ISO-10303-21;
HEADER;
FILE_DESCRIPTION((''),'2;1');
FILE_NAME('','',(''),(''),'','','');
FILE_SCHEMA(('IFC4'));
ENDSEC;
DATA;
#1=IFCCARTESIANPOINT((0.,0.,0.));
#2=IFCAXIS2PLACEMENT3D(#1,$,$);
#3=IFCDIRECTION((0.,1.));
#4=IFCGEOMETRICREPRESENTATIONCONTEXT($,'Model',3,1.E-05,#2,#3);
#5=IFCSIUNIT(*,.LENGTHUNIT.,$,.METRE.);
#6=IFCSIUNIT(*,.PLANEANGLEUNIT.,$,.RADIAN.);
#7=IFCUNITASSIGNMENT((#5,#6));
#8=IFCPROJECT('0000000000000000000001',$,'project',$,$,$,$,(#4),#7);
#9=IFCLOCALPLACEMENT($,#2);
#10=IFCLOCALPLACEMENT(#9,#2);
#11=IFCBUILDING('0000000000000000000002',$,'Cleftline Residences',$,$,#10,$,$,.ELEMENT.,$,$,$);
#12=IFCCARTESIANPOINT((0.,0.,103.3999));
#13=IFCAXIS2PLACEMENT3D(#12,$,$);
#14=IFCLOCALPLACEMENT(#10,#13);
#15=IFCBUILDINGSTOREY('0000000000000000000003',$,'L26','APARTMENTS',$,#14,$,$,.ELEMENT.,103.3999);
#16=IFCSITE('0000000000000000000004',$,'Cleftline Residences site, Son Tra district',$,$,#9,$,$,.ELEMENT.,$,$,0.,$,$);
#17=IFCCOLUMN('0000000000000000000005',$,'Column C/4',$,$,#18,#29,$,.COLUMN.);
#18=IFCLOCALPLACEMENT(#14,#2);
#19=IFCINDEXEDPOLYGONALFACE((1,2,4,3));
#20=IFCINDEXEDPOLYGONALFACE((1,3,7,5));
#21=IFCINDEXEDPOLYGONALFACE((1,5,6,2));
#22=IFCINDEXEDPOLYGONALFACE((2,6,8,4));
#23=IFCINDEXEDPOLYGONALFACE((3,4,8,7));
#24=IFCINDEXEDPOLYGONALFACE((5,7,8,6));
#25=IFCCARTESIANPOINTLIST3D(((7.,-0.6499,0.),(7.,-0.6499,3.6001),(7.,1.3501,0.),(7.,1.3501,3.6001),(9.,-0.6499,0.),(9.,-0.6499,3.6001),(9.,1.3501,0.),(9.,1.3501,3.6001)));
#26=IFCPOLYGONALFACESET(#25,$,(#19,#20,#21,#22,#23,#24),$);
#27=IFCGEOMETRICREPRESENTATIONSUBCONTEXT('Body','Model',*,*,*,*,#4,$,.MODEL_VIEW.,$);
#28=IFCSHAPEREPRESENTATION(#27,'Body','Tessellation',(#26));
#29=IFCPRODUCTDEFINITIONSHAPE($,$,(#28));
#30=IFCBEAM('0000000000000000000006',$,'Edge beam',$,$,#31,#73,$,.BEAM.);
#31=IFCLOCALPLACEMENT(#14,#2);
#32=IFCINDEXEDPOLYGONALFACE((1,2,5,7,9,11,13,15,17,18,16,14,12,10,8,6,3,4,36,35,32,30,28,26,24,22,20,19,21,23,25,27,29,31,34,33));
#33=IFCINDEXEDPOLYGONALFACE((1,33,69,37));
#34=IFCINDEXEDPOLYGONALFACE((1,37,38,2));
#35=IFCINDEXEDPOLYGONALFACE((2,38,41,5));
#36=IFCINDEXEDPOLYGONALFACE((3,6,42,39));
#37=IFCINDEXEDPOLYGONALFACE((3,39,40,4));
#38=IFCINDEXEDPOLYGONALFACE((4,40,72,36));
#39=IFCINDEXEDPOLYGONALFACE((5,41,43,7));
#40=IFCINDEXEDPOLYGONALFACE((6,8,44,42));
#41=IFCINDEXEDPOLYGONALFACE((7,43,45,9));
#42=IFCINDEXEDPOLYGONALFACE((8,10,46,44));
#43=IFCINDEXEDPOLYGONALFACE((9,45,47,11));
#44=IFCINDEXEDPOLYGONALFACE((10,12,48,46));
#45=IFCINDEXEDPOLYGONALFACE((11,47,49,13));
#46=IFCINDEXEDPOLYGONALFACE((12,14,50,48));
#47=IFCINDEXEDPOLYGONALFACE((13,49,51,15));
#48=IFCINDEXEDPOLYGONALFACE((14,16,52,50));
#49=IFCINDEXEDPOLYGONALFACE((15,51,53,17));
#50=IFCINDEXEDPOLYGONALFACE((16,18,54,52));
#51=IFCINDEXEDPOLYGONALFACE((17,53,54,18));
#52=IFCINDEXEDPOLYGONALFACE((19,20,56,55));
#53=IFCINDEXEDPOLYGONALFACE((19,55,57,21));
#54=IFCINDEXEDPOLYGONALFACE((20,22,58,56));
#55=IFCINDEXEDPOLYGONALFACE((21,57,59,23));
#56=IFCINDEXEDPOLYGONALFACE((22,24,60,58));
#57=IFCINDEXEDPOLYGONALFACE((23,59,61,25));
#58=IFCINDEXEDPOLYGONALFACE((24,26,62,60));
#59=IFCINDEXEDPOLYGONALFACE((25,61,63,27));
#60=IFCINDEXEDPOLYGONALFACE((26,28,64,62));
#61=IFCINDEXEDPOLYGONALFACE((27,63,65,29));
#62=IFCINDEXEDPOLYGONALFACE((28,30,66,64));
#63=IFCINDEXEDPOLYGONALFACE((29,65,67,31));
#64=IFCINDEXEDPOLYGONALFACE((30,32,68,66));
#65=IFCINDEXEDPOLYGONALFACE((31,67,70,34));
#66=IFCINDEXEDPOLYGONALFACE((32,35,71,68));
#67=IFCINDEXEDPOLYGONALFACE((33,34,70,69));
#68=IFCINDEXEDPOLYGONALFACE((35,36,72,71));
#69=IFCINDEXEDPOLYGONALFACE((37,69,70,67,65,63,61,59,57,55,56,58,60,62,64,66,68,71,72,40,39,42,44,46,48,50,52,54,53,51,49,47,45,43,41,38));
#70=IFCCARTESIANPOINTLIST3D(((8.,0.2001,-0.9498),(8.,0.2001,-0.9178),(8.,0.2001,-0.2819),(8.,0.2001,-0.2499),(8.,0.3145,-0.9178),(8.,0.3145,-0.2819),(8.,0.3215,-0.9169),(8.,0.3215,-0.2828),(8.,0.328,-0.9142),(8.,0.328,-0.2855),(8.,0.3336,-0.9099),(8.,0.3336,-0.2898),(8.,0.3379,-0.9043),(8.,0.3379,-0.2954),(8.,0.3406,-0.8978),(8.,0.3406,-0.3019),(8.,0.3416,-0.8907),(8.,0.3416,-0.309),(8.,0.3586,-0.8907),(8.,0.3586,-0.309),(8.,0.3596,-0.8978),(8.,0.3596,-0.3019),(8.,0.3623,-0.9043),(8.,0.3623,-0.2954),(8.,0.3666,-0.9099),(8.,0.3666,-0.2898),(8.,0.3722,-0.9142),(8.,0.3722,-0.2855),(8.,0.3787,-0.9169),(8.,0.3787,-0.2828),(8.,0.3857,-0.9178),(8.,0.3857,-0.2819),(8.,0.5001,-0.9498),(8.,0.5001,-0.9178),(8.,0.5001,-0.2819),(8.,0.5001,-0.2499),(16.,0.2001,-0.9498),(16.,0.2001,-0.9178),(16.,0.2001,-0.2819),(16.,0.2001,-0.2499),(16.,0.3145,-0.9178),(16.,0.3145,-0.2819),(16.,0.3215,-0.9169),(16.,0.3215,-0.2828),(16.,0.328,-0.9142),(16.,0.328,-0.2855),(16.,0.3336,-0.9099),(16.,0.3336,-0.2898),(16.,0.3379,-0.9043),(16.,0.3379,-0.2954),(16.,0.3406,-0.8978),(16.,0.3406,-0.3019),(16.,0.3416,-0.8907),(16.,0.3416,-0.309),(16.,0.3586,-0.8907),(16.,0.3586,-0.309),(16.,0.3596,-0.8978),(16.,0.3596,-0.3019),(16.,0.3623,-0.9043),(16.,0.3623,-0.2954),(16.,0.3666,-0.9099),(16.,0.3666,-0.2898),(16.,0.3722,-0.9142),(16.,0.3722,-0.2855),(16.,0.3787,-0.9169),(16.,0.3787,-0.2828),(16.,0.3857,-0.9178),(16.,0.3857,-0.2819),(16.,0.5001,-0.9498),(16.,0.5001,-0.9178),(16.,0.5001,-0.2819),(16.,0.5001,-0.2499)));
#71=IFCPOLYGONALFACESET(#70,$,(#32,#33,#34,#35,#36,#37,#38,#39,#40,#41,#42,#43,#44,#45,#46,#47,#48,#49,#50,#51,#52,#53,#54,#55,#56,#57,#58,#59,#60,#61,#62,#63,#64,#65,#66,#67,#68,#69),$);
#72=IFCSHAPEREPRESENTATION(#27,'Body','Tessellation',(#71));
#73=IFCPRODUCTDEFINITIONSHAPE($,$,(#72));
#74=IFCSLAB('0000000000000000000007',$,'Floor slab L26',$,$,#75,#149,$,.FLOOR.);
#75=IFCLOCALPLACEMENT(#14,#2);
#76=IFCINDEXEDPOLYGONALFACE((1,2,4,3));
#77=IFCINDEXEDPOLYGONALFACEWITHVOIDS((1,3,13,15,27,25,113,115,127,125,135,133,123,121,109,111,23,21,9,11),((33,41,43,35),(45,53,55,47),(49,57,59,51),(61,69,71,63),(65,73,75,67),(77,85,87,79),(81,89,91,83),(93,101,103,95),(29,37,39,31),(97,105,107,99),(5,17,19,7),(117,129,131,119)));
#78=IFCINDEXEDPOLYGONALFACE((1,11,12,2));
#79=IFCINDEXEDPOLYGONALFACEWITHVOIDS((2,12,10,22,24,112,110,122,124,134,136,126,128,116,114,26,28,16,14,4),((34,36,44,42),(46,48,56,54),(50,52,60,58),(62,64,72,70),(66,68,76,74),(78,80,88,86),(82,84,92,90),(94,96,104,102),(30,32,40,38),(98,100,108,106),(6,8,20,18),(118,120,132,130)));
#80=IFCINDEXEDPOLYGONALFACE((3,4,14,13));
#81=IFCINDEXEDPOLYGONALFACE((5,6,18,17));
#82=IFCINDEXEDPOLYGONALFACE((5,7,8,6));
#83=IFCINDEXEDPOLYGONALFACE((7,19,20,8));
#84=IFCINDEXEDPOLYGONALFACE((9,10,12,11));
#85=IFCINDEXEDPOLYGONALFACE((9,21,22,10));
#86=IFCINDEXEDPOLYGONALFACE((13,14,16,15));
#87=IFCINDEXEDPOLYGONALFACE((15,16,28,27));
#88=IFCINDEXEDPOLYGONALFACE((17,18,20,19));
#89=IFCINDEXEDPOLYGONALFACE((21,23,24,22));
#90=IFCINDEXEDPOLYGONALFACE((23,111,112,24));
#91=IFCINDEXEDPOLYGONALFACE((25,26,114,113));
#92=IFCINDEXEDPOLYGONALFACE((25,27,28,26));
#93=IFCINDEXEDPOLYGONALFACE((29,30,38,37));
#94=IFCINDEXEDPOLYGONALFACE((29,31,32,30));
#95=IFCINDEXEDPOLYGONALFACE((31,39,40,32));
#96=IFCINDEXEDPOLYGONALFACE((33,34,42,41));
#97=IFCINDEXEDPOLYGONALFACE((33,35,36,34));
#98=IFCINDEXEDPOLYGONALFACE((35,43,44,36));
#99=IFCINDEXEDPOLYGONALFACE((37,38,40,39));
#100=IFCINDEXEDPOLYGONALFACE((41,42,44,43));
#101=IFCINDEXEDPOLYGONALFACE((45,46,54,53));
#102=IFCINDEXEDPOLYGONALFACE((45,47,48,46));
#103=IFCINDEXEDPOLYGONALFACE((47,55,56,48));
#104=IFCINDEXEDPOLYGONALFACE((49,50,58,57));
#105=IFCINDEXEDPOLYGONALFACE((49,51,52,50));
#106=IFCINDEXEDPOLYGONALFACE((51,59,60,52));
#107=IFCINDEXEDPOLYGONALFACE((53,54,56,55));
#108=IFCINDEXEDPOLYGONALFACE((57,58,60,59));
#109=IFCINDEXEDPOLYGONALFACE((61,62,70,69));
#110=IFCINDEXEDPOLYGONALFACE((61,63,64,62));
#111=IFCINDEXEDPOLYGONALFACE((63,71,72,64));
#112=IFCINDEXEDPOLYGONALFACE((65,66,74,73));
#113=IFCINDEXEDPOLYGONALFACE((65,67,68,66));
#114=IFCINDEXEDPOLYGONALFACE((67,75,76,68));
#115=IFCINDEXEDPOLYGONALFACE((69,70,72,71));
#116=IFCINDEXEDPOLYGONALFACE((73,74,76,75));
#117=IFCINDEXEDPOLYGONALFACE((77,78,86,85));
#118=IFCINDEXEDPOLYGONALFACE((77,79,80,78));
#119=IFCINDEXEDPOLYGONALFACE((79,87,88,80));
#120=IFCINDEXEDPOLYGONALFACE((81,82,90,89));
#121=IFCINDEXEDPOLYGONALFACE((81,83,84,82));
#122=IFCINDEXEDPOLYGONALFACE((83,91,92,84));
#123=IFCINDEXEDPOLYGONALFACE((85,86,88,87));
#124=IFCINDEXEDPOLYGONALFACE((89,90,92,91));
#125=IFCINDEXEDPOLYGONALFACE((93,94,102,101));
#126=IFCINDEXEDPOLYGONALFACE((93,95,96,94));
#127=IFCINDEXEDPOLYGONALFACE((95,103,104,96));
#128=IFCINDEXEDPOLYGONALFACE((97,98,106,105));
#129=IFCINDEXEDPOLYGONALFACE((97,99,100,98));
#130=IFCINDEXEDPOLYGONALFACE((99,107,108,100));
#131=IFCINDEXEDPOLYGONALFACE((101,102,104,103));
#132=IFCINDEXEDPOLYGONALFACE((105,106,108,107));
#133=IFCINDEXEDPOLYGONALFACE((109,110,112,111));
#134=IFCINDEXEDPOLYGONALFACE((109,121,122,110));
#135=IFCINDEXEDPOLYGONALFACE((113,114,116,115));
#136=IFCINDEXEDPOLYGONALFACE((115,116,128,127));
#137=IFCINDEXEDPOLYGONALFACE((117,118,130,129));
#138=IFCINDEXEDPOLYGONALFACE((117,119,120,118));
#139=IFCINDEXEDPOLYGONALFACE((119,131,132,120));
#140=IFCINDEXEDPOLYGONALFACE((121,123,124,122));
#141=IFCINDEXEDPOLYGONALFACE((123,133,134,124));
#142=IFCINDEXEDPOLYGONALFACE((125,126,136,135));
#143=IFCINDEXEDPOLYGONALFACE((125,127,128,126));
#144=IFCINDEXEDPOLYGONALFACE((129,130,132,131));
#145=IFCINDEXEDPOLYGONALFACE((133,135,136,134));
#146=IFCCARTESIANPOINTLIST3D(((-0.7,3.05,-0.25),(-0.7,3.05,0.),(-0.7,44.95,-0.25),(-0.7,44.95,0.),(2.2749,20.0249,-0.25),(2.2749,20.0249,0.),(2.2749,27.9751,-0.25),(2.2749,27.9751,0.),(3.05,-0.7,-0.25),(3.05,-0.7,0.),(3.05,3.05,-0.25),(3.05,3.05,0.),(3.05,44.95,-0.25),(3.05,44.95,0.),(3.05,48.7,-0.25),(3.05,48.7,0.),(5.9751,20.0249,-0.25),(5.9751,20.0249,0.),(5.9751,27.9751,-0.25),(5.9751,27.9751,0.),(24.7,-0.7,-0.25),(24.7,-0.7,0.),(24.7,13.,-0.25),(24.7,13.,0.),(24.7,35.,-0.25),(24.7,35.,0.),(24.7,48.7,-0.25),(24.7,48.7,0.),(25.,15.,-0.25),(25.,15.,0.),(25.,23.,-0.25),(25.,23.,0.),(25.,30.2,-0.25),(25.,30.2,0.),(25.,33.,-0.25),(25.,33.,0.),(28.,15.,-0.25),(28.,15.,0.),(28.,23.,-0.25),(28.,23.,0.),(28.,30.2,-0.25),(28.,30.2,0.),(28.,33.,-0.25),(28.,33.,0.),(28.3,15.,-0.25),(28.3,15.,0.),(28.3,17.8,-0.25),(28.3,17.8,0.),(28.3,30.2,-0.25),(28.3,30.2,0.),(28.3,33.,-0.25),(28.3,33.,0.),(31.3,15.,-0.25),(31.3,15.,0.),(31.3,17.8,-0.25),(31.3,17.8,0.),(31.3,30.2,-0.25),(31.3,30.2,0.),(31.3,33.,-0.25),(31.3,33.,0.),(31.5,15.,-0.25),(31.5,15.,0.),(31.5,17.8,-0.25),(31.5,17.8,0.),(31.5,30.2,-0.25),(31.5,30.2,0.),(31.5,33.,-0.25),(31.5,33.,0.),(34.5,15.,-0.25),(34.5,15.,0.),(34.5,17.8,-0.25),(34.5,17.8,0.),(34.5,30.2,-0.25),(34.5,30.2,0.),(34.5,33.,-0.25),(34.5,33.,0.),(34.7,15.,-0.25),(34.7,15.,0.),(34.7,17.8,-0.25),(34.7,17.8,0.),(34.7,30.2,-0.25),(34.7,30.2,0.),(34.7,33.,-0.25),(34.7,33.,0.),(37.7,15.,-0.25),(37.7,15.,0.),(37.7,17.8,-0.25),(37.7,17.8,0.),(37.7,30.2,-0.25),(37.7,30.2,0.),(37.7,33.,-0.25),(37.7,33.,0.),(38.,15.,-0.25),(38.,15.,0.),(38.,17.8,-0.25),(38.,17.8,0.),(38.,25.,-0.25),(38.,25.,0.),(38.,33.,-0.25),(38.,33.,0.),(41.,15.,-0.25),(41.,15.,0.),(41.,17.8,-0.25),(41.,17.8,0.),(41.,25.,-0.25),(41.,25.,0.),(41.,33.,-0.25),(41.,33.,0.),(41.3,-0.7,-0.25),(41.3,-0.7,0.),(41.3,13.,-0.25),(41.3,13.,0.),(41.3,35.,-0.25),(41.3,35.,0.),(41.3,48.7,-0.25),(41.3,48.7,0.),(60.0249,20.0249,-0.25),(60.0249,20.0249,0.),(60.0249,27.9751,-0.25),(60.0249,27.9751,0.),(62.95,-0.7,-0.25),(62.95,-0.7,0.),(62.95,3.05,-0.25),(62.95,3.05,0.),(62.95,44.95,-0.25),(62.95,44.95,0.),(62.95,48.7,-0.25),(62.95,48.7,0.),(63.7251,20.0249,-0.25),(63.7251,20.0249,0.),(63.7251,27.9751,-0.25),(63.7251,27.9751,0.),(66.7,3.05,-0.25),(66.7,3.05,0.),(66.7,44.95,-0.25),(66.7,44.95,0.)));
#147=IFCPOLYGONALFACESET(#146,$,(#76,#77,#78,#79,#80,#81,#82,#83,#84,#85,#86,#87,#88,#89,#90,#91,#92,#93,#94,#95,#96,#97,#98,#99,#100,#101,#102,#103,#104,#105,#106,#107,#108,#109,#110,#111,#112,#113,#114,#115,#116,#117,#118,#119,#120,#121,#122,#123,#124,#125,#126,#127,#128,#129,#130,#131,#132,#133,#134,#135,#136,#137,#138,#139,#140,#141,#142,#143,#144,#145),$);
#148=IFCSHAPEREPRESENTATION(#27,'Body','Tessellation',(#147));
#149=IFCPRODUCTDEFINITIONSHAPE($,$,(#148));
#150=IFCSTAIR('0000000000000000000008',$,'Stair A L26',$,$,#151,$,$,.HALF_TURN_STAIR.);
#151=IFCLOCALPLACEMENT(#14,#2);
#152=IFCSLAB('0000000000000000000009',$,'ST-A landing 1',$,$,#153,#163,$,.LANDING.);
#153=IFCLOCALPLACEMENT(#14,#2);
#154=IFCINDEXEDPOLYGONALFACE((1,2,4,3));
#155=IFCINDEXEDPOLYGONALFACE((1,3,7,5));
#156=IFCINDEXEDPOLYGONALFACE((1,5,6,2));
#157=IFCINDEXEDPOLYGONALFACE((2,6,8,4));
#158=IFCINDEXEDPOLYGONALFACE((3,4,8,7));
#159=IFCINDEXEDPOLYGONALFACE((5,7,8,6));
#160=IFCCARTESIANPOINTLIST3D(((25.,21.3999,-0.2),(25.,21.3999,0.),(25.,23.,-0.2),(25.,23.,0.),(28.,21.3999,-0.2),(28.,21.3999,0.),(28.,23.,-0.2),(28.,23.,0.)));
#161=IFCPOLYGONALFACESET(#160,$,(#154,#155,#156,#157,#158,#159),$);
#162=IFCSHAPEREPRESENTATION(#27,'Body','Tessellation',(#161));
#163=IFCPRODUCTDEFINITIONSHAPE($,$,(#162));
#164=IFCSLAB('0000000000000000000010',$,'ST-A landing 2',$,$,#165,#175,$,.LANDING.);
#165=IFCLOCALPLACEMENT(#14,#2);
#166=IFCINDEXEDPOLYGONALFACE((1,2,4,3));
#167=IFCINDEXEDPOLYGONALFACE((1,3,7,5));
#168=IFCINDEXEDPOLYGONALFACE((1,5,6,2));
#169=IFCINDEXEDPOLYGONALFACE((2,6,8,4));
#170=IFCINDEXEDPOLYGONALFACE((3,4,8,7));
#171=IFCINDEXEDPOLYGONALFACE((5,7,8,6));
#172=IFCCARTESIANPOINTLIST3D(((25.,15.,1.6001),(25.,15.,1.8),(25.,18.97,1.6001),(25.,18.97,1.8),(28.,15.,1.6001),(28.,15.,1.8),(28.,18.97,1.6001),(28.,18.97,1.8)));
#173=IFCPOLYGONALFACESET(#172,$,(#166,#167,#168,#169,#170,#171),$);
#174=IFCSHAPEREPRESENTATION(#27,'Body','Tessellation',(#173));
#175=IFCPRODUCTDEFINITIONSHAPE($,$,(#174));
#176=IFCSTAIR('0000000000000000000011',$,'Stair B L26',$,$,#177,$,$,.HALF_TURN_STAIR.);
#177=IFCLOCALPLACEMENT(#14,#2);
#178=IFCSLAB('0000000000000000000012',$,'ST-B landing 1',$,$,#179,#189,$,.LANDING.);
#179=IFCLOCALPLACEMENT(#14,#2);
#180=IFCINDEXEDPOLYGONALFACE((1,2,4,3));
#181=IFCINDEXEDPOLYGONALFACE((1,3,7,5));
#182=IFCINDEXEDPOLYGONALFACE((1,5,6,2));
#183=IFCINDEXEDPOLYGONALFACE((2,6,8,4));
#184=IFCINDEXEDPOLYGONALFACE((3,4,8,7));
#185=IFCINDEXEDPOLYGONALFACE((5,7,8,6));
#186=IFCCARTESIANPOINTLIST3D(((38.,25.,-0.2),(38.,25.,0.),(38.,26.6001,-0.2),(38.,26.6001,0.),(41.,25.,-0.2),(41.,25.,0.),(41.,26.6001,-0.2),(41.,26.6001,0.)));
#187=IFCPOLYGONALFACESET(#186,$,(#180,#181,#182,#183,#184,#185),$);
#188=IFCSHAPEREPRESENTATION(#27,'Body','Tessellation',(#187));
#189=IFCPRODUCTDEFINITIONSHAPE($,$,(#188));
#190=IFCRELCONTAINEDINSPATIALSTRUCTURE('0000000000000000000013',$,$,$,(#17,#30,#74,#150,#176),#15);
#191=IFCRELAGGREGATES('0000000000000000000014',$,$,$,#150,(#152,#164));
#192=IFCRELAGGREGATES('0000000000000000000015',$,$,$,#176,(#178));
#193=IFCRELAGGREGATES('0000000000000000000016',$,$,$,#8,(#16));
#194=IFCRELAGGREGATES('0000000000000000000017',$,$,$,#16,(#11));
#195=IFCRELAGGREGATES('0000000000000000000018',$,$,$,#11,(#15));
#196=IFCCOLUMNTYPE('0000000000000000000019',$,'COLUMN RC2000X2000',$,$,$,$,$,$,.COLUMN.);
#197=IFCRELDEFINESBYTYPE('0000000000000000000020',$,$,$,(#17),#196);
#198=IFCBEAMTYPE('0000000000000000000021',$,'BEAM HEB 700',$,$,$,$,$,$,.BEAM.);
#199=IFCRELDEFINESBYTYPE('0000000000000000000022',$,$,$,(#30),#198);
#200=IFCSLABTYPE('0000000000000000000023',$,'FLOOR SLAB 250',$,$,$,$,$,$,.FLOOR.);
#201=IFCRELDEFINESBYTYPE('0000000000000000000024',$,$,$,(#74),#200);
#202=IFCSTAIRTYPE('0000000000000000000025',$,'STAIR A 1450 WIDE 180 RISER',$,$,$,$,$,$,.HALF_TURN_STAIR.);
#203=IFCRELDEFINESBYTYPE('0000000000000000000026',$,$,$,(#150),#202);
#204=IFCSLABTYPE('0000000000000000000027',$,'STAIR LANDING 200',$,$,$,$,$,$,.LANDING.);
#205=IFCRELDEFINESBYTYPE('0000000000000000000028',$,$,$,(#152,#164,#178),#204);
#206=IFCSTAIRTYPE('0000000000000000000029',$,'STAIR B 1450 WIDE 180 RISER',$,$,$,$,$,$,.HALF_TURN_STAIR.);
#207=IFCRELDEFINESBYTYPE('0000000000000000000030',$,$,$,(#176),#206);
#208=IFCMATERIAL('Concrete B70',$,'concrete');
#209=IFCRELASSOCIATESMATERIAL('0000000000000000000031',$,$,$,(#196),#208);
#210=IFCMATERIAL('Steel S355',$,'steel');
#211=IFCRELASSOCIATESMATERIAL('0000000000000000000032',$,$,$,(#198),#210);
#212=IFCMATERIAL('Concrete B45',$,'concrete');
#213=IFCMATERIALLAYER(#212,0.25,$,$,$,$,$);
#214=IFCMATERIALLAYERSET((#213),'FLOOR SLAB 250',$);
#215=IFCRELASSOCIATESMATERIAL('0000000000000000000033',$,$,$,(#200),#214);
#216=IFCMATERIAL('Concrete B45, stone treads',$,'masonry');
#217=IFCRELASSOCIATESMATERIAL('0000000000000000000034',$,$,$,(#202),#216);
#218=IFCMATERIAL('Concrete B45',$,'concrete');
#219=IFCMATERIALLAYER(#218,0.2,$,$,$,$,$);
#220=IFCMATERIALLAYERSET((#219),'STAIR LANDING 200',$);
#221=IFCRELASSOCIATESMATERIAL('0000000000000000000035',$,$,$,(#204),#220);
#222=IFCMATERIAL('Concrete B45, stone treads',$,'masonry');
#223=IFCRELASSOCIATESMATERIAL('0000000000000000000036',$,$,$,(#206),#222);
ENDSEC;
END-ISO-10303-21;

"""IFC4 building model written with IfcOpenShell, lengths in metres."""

from ifc_helpers import new_model, si_unit, direction, frame, origin, origin_2d, place, context, subcontext, project, spatial, polyline, rectangle, i_section, outline, extrude, material, layer, layer_set, material_profile, profile_set, type_object, element, aggregate, save


model = new_model("IFC4")

# Units and contexts
model_context = context("Model", 3, precision=1e-05, world=origin(), true_north=direction((0.0, 1.0)))
body_context = subcontext(model_context, "Body", "Model", "MODEL_VIEW")
ifc_project = project(units=[si_unit("LENGTHUNIT", "METRE"), si_unit("PLANEANGLEUNIT", "RADIAN")], contexts=[model_context])

# Site, building, storey
site_placement = place(None, origin())
site = spatial("IfcSite", under=ifc_project, at=site_placement, Name="Cleftline Residences site, Son Tra district", CompositionType="ELEMENT", RefElevation=0.0)
building_placement = place(site_placement, origin())
building = spatial("IfcBuilding", under=site, at=building_placement, Name="Cleftline Residences", CompositionType="ELEMENT")
storey_placement = place(building_placement, frame((0.0, 0.0, 103.3999)))
storey = spatial("IfcBuildingStorey", under=building, at=storey_placement, Name="L26", Description="APARTMENTS", CompositionType="ELEMENT", Elevation=103.3999)

# Column
ifc_material_1 = material(Name="Concrete B70", Category="concrete")
ifc_material_profile_1 = material_profile(ifc_material_1, rectangle(XDim=2.0, YDim=2.0, at=origin_2d()))
ifc_profile_set_1 = profile_set([ifc_material_profile_1], Name="Concrete B70")
column_type = type_object("IfcColumnType", Name="COLUMN RC2000X2000", PredefinedType="COLUMN", material=ifc_profile_set_1)
column_placement = place(storey_placement, frame((8.0, 0.3501, 0.0), z_axis=(0.0, 0.0, 1.0), x_axis=(1.0, 0.0, 0.0)))
element("IfcColumn", 1, at=column_placement, inside=storey, type_object=column_type, Name="Column C/4", PredefinedType="COLUMN", context=body_context, shape_type="SweptSolid", body=[
    extrude(rectangle(XDim=2.0, YDim=2.0, at=origin_2d()), origin(), (0.0, 0.0, 1.0), 3.6001),
])

# Beam
ifc_material_2 = material(Name="Steel S355", Category="steel")
ifc_material_profile_2 = material_profile(ifc_material_2, i_section(OverallWidth=0.3, OverallDepth=0.7, WebThickness=0.0171, FlangeThickness=0.032, FilletRadius=0.0271, at=origin_2d()))
ifc_profile_set_2 = profile_set([ifc_material_profile_2], Name="Steel S355")
beam_type = type_object("IfcBeamType", Name="BEAM HEB 700", PredefinedType="BEAM", material=ifc_profile_set_2)
beam_placement = place(storey_placement, frame((8.0, 0.3501, -0.5999), z_axis=(1.0, 0.0, 0.0), x_axis=(0.0, 1.0, 0.0)))
element("IfcBeam", 2, at=beam_placement, inside=storey, type_object=beam_type, Name="Edge beam", PredefinedType="BEAM", context=body_context, shape_type="SweptSolid", body=[
    extrude(i_section(OverallWidth=0.3, OverallDepth=0.7, WebThickness=0.0171, FlangeThickness=0.032, FilletRadius=0.0271, at=origin_2d()), origin(), (0.0, 0.0, 1.0), 8.0),
])

# Slab
ifc_material_3 = material(Name="Concrete B45", Category="concrete")
ifc_layer_1 = layer(ifc_material_3, 0.25)
ifc_layer_set_1 = layer_set([ifc_layer_1], Name="FLOOR SLAB 250")
slab_type_1 = type_object("IfcSlabType", Name="FLOOR SLAB 250", PredefinedType="FLOOR", material=ifc_layer_set_1)
slab_1_placement = place(storey_placement, frame((0.0, 0.0, -0.25)))
element("IfcSlab", 3, at=slab_1_placement, inside=storey, type_object=slab_type_1, Name="Floor slab L26", PredefinedType="FLOOR", context=body_context, shape_type="SweptSolid", body=[
    extrude(outline(polyline([(24.7, 13.0), (41.3, 13.0), (41.3, -0.7), (62.95, -0.7), (62.95, 3.05), (66.7, 3.05), (66.7, 44.95), (62.95, 44.95), (62.95, 48.7), (41.3, 48.7), (41.3, 35.0), (24.7, 35.0), (24.7, 48.7), (3.05, 48.7), (3.05, 44.95), (-0.7, 44.95), (-0.7, 3.05), (3.05, 3.05), (3.05, -0.7), (24.7, -0.7), (24.7, 13.0)]), holes=[polyline([(28.0, 15.0), (28.0, 23.0), (25.0, 23.0), (25.0, 15.0), (28.0, 15.0)]), polyline([(41.0, 25.0), (41.0, 33.0), (38.0, 33.0), (38.0, 25.0), (41.0, 25.0)]), polyline([(28.0, 30.2), (28.0, 33.0), (25.0, 33.0), (25.0, 30.2), (28.0, 30.2)]), polyline([(41.0, 15.0), (41.0, 17.8), (38.0, 17.8), (38.0, 15.0), (41.0, 15.0)]), polyline([(31.3, 15.0), (31.3, 17.8), (28.3, 17.8), (28.3, 15.0), (31.3, 15.0)]), polyline([(34.5, 15.0), (34.5, 17.8), (31.5, 17.8), (31.5, 15.0), (34.5, 15.0)]), polyline([(37.7, 15.0), (37.7, 17.8), (34.7, 17.8), (34.7, 15.0), (37.7, 15.0)]), polyline([(31.3, 30.2), (31.3, 33.0), (28.3, 33.0), (28.3, 30.2), (31.3, 30.2)]), polyline([(34.5, 30.2), (34.5, 33.0), (31.5, 33.0), (31.5, 30.2), (34.5, 30.2)]), polyline([(37.7, 30.2), (37.7, 33.0), (34.7, 33.0), (34.7, 30.2), (37.7, 30.2)]), polyline([(63.7251, 20.0249), (63.7251, 27.9751), (60.0249, 27.9751), (60.0249, 20.0249), (63.7251, 20.0249)]), polyline([(5.9751, 20.0249), (5.9751, 27.9751), (2.2749, 27.9751), (2.2749, 20.0249), (5.9751, 20.0249)])]), origin(), (0.0, 0.0, 1.0), 0.25),
])

# Stairs, slabs
ifc_material_4 = material(Name="Concrete B45, stone treads", Category="masonry")
stair_type_1 = type_object("IfcStairType", Name="STAIR A 1450 WIDE 180 RISER", PredefinedType="HALF_TURN_STAIR", material=ifc_material_4)
stair_1_placement = place(storey_placement, origin())
stair_1 = element("IfcStair", 4, at=stair_1_placement, inside=storey, type_object=stair_type_1, Name="Stair A L26", PredefinedType="HALF_TURN_STAIR")
ifc_material_5 = material(Name="Concrete B45", Category="concrete")
ifc_layer_2 = layer(ifc_material_5, 0.2)
ifc_layer_set_2 = layer_set([ifc_layer_2], Name="STAIR LANDING 200")
slab_type_2 = type_object("IfcSlabType", Name="STAIR LANDING 200", PredefinedType="LANDING", material=ifc_layer_set_2)
slab_2_placement = place(storey_placement, frame((0.0, 0.0, -0.2)))
slab_2 = element("IfcSlab", 5, at=slab_2_placement, type_object=slab_type_2, Name="ST-A landing 1", PredefinedType="LANDING", context=body_context, shape_type="SweptSolid", body=[
    extrude(outline(polyline([(25.0, 21.3999), (28.0, 21.3999), (28.0, 23.0), (25.0, 23.0), (25.0, 21.3999)])), origin(), (0.0, 0.0, 1.0), 0.2),
])
slab_3_placement = place(storey_placement, frame((0.0, 0.0, 1.6001)))
slab_3 = element("IfcSlab", 6, at=slab_3_placement, type_object=slab_type_2, Name="ST-A landing 2", PredefinedType="LANDING", context=body_context, shape_type="SweptSolid", body=[
    extrude(outline(polyline([(25.0, 15.0), (28.0, 15.0), (28.0, 18.97), (25.0, 18.97), (25.0, 15.0)])), origin(), (0.0, 0.0, 1.0), 0.2),
])
aggregate(stair_1, [slab_2, slab_3])
ifc_material_6 = material(Name="Concrete B45, stone treads", Category="masonry")
stair_type_2 = type_object("IfcStairType", Name="STAIR B 1450 WIDE 180 RISER", PredefinedType="HALF_TURN_STAIR", material=ifc_material_6)
stair_2_placement = place(storey_placement, origin())
stair_2 = element("IfcStair", 7, at=stair_2_placement, inside=storey, type_object=stair_type_2, Name="Stair B L26", PredefinedType="HALF_TURN_STAIR")
slab_4_placement = place(storey_placement, frame((0.0, 0.0, -0.2)))
slab_4 = element("IfcSlab", 8, at=slab_4_placement, type_object=slab_type_2, Name="ST-B landing 1", PredefinedType="LANDING", context=body_context, shape_type="SweptSolid", body=[
    extrude(outline(polyline([(38.0, 25.0), (41.0, 25.0), (41.0, 26.6001), (38.0, 26.6001), (38.0, 25.0)])), origin(), (0.0, 0.0, 1.0), 0.2),
])
aggregate(stair_2, [slab_4])

save(model, "model.ifc")
